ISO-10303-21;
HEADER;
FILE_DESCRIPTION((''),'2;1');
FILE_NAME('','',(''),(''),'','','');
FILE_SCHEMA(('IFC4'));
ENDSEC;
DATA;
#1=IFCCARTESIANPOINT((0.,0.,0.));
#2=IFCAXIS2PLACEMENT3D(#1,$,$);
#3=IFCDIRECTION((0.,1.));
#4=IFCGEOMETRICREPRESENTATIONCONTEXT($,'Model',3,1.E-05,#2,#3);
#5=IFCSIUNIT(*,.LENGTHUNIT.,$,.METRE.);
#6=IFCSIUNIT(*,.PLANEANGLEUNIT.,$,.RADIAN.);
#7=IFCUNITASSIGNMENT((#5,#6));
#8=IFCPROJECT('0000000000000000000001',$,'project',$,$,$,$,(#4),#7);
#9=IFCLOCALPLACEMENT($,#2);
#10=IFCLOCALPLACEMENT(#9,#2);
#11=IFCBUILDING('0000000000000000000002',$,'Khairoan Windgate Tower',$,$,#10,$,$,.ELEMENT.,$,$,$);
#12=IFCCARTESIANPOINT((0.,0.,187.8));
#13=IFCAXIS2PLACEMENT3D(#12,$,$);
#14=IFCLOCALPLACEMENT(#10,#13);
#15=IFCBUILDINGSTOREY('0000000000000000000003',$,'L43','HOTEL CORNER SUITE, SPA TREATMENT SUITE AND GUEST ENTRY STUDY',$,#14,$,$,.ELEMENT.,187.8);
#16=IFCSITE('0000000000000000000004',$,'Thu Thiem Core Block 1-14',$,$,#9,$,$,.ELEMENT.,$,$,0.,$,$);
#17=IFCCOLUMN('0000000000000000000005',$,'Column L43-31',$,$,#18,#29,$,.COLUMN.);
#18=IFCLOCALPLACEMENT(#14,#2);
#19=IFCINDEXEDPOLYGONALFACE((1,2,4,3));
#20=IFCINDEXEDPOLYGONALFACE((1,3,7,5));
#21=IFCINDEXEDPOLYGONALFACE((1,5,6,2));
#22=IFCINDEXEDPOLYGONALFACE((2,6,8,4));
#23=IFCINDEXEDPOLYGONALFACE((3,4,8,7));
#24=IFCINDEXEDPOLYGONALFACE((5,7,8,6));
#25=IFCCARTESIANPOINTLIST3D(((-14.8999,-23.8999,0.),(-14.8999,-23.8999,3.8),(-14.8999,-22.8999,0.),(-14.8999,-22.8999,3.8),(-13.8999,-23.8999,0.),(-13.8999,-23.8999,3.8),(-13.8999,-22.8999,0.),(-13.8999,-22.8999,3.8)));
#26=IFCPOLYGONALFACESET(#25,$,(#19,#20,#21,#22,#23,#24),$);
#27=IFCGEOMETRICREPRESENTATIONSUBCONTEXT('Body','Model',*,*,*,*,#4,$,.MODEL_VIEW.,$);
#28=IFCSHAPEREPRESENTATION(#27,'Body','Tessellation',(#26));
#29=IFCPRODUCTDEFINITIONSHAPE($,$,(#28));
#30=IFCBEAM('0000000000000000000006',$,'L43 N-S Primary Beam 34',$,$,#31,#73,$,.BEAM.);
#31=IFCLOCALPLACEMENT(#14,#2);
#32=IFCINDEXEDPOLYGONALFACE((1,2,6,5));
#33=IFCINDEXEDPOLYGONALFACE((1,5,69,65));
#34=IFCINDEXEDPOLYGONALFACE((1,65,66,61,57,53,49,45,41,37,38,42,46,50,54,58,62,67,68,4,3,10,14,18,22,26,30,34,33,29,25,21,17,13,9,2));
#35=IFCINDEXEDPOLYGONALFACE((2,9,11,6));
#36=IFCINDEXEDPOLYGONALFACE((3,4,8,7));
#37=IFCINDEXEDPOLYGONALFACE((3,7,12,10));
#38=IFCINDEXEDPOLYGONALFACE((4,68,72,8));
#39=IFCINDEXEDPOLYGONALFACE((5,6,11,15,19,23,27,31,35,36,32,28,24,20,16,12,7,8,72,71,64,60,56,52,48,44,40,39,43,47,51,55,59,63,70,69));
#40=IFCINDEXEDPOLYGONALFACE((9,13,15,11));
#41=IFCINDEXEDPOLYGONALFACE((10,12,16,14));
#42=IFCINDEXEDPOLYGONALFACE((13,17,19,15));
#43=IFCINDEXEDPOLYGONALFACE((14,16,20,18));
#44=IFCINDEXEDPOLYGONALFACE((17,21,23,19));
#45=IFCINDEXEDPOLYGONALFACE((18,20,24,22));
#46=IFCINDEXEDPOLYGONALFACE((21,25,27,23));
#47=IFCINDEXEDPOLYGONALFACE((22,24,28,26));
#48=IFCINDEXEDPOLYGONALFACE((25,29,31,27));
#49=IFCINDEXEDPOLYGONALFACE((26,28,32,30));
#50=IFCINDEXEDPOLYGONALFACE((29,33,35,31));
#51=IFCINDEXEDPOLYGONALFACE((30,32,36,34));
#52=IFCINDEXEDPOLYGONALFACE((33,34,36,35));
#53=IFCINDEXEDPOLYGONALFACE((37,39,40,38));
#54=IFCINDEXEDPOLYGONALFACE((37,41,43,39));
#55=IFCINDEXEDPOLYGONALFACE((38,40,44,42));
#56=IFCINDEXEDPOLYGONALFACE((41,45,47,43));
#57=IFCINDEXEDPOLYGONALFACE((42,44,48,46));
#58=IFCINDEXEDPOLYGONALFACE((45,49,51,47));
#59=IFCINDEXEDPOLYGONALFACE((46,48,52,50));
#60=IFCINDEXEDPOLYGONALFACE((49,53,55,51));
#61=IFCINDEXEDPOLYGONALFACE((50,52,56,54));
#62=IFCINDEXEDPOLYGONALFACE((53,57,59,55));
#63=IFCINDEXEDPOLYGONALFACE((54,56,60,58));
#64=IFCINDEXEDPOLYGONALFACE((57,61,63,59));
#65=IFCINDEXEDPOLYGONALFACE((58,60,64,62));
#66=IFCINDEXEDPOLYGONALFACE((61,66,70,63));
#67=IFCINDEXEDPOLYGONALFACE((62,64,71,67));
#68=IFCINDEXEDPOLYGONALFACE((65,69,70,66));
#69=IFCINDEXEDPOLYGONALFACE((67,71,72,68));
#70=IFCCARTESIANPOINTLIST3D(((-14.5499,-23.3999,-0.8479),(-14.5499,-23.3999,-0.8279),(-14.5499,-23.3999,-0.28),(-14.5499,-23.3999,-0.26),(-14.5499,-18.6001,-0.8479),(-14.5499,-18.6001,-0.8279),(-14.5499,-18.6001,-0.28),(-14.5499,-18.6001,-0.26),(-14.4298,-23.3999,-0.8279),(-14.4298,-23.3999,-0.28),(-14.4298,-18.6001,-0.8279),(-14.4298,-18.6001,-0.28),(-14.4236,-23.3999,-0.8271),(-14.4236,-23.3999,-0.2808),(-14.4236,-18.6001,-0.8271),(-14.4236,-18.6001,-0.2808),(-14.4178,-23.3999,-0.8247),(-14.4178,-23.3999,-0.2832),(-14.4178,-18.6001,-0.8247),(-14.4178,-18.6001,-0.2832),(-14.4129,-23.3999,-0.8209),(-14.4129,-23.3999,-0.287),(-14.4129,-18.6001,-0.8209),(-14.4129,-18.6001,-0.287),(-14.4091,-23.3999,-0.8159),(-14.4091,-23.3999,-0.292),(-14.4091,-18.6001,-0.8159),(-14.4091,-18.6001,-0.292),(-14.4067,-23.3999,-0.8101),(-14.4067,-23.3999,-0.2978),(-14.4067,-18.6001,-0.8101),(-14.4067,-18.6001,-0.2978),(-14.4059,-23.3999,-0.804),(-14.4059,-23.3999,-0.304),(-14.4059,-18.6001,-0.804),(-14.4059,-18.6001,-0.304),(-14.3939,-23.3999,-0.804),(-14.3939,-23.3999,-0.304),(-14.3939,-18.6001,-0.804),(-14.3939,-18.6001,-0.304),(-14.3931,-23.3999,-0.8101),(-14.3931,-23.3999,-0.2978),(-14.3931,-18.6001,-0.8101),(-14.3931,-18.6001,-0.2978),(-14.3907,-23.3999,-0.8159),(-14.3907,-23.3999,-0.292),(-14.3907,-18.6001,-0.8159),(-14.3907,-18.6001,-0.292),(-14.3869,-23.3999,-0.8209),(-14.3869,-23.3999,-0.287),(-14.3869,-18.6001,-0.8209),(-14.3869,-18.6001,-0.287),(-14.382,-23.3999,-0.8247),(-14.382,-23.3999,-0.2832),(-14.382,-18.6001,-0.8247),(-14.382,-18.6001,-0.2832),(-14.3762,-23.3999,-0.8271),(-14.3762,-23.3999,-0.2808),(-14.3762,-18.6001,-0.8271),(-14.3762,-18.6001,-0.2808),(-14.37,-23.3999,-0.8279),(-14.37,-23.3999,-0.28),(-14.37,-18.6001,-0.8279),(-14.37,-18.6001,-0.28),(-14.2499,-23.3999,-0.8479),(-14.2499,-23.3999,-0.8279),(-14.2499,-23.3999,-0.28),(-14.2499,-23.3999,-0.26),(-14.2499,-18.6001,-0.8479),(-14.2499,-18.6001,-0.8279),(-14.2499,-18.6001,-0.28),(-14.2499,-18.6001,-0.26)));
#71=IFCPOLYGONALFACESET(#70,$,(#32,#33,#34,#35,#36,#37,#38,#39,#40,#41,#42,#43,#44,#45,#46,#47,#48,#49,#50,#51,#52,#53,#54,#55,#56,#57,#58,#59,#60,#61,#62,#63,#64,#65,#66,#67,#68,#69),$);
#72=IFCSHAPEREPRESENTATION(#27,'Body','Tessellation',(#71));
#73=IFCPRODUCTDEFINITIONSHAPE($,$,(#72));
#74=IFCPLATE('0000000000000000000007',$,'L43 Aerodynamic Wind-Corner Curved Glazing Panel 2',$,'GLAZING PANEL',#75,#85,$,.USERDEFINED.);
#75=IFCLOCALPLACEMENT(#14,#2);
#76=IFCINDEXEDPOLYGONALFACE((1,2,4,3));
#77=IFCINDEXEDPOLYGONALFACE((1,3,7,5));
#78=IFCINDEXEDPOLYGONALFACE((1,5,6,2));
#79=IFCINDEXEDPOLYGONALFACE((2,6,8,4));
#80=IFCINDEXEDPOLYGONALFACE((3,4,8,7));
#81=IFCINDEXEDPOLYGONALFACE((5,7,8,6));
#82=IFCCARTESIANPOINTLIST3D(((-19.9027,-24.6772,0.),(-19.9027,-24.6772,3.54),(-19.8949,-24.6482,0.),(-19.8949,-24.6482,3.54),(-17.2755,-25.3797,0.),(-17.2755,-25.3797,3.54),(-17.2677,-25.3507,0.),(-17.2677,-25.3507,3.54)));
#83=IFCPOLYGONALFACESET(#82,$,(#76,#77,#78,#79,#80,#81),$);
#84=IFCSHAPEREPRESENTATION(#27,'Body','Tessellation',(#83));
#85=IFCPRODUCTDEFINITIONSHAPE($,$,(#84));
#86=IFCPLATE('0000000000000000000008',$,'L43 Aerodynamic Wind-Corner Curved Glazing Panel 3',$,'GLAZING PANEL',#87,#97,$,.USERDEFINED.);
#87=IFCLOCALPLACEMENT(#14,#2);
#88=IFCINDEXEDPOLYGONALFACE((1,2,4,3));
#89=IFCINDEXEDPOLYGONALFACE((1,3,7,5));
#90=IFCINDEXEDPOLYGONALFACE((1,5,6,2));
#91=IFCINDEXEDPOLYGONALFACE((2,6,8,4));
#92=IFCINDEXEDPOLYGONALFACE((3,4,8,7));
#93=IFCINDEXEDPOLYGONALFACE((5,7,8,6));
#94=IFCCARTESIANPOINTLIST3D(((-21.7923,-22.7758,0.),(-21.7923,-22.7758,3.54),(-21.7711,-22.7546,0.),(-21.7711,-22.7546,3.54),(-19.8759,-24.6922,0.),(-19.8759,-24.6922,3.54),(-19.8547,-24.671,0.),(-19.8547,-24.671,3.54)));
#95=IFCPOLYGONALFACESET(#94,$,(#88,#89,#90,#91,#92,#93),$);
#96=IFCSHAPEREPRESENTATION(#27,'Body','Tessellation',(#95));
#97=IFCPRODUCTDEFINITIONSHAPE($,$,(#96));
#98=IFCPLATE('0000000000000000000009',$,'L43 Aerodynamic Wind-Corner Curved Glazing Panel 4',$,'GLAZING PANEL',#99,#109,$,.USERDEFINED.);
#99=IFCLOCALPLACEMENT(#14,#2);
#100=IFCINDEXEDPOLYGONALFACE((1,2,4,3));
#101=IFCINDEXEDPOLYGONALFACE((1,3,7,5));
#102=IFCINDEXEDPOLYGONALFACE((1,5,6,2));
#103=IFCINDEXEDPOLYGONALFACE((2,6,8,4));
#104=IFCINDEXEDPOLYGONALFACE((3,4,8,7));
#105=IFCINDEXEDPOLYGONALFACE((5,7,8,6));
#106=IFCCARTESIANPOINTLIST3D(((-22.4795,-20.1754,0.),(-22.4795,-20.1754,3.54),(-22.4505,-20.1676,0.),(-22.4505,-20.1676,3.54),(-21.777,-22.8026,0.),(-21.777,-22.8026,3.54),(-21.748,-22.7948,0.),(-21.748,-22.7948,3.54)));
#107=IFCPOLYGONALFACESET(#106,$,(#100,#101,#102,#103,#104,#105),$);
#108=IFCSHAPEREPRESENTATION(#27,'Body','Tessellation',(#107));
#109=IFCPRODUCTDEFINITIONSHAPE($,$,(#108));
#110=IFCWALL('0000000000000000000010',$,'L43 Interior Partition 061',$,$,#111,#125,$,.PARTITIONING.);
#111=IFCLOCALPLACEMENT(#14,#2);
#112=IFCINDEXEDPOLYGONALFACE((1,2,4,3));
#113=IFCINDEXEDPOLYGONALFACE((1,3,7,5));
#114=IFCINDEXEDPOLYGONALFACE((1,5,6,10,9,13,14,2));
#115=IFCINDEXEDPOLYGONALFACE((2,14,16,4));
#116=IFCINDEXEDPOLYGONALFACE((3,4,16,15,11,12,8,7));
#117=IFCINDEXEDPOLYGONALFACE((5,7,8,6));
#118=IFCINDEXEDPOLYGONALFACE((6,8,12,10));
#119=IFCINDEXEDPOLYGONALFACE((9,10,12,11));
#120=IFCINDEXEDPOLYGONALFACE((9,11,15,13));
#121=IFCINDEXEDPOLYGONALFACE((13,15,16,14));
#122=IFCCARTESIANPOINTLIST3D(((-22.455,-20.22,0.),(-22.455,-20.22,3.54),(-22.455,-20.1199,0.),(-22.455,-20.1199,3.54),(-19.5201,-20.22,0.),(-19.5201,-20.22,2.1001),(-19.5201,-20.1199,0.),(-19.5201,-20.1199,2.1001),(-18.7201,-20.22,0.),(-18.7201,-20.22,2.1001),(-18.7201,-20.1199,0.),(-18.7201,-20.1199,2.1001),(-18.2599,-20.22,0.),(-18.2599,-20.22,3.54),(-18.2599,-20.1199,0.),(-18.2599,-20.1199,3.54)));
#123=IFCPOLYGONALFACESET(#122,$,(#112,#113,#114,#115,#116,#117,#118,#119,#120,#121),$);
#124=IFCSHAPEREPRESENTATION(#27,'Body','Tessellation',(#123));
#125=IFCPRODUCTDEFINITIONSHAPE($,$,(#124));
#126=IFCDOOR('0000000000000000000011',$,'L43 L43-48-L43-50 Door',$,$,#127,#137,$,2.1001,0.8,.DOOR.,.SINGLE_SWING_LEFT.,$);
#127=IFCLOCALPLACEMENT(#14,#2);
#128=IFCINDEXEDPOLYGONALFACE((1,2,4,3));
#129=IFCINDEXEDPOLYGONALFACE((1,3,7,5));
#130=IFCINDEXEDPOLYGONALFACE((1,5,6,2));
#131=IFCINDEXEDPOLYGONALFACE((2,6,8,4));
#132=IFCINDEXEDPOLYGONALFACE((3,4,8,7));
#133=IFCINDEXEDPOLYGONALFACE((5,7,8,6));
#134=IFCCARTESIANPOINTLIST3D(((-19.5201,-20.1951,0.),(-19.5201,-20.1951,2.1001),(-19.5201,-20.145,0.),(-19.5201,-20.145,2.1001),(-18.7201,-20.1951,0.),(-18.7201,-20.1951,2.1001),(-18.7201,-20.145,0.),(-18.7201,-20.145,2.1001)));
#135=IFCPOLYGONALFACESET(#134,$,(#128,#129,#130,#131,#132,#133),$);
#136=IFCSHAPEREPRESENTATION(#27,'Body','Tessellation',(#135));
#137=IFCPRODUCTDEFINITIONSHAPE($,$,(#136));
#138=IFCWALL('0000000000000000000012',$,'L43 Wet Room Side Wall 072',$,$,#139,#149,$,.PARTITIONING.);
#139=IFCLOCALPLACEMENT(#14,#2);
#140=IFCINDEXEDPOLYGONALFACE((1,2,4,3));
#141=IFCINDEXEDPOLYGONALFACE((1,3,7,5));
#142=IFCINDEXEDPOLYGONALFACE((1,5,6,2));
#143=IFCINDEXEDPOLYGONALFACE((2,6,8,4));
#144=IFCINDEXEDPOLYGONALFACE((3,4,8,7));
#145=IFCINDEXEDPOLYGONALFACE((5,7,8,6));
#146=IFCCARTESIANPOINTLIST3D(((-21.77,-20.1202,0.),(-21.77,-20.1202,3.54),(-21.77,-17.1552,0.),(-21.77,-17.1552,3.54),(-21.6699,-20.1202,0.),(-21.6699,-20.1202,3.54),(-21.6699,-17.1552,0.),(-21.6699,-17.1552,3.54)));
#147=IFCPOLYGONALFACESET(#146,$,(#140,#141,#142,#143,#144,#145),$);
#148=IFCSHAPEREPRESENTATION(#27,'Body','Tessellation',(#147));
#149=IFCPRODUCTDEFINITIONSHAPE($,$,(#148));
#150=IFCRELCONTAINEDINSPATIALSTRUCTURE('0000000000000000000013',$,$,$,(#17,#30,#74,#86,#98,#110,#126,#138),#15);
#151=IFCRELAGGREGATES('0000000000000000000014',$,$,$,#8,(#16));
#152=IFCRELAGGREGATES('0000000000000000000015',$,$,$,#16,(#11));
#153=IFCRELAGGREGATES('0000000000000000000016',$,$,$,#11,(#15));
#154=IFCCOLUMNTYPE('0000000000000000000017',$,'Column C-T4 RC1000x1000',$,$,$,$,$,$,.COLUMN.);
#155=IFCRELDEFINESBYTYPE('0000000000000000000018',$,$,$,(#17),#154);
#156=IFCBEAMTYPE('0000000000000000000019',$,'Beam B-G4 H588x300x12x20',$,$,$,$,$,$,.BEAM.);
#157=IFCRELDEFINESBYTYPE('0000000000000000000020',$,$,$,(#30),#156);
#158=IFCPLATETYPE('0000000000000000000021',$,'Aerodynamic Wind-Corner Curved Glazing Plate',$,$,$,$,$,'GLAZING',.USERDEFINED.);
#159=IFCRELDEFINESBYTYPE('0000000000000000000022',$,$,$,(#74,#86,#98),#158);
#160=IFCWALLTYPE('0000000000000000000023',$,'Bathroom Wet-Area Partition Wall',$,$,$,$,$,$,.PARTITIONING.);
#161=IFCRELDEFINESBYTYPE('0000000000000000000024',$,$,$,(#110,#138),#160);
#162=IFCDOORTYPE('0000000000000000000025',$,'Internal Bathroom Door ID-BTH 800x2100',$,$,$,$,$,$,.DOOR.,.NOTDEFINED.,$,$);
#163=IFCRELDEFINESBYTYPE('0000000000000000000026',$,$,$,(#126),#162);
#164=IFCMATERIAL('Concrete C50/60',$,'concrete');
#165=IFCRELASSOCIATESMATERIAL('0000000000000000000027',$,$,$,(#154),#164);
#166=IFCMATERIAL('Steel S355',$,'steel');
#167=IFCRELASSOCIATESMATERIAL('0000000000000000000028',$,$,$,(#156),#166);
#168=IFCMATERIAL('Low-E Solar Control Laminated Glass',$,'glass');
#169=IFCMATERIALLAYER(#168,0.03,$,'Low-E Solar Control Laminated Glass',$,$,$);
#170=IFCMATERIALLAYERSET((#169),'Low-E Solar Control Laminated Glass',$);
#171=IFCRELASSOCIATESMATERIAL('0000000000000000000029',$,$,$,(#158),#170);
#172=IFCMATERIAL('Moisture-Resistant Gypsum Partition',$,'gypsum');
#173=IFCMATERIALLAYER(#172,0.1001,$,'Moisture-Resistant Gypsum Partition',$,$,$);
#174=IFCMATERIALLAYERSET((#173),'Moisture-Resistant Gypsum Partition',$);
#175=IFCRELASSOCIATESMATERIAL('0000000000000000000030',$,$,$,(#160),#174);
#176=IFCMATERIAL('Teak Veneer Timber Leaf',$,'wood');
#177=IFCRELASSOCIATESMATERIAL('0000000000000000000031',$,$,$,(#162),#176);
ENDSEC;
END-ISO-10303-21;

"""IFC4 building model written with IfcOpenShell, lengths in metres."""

from ifc_helpers import new_model, si_unit, direction, frame, frame_2d, origin, origin_2d, place, context, subcontext, project, spatial, rectangle, i_section, extrude, material, layer, layer_set, material_profile, profile_set, type_object, element, fill, save


model = new_model("IFC4")

# Units and contexts
model_context = context("Model", 3, precision=1e-05, world=origin(), true_north=direction((0.0, 1.0)))
body_context = subcontext(model_context, "Body", "Model", "MODEL_VIEW")
ifc_project = project(units=[si_unit("LENGTHUNIT", "METRE"), si_unit("PLANEANGLEUNIT", "RADIAN")], contexts=[model_context])

# Site, building, storey
site_placement = place(None, origin())
site = spatial("IfcSite", under=ifc_project, at=site_placement, Name="Thu Thiem Core Block 1-14", CompositionType="ELEMENT", RefElevation=0.0)
building_placement = place(site_placement, origin())
building = spatial("IfcBuilding", under=site, at=building_placement, Name="Khairoan Windgate Tower", CompositionType="ELEMENT")
storey_placement = place(building_placement, frame((0.0, 0.0, 187.8)))
storey = spatial("IfcBuildingStorey", under=building, at=storey_placement, Name="L43", Description="HOTEL CORNER SUITE, SPA TREATMENT SUITE AND GUEST ENTRY STUDY", CompositionType="ELEMENT", Elevation=187.8)

# Column
ifc_material_1 = material(Name="Concrete C50/60", Category="concrete")
ifc_material_profile_1 = material_profile(ifc_material_1, rectangle(XDim=1.0, YDim=1.0, at=origin_2d()))
ifc_profile_set_1 = profile_set([ifc_material_profile_1], Name="Concrete C50/60")
column_type = type_object("IfcColumnType", Name="Column C-T4 RC1000x1000", PredefinedType="COLUMN", material=ifc_profile_set_1)
column_placement = place(storey_placement, frame((-14.3999, -23.3999, 0.0), z_axis=(0.0, 0.0, 1.0), x_axis=(1.0, 0.0, 0.0)))
element("IfcColumn", 1, at=column_placement, inside=storey, type_object=column_type, Name="Column L43-31", PredefinedType="COLUMN", context=body_context, shape_type="SweptSolid", body=[
    extrude(rectangle(XDim=1.0, YDim=1.0, at=origin_2d()), origin(), (0.0, 0.0, 1.0), 3.8),
])

# Beam
ifc_material_2 = material(Name="Steel S355", Category="steel")
ifc_material_profile_2 = material_profile(ifc_material_2, i_section(OverallWidth=0.3, OverallDepth=0.5879, WebThickness=0.012, FlangeThickness=0.02, FilletRadius=0.0239, at=origin_2d()))
ifc_profile_set_2 = profile_set([ifc_material_profile_2], Name="Steel S355")
beam_type = type_object("IfcBeamType", Name="Beam B-G4 H588x300x12x20", PredefinedType="BEAM", material=ifc_profile_set_2)
beam_placement = place(storey_placement, frame((-14.3999, -23.3999, -0.554), z_axis=(0.0, 1.0, 0.0), x_axis=(-1.0, 0.0, 0.0)))
element("IfcBeam", 2, at=beam_placement, inside=storey, type_object=beam_type, Name="L43 N-S Primary Beam 34", PredefinedType="BEAM", context=body_context, shape_type="SweptSolid", body=[
    extrude(i_section(OverallWidth=0.3, OverallDepth=0.5879, WebThickness=0.012, FlangeThickness=0.02, FilletRadius=0.0239, at=origin_2d()), origin(), (0.0, 0.0, 1.0), 4.7998),
])

# Plates
ifc_material_3 = material(Name="Low-E Solar Control Laminated Glass", Category="glass")
ifc_layer_1 = layer(ifc_material_3, 0.03, Name="Low-E Solar Control Laminated Glass")
ifc_layer_set_1 = layer_set([ifc_layer_1], Name="Low-E Solar Control Laminated Glass")
plate_type_1 = type_object("IfcPlateType", Name="Aerodynamic Wind-Corner Curved Glazing Plate", ElementType="GLAZING", PredefinedType="USERDEFINED", material=ifc_layer_set_1)
plate_1_placement = place(storey_placement, frame((-18.5852, -25.0139, 0.0), z_axis=(0.0, 0.0, 1.0), x_axis=(-0.966061, 0.258313, 0.0)))
element("IfcPlate", 3, at=plate_1_placement, inside=storey, type_object=plate_type_1, Name="L43 Aerodynamic Wind-Corner Curved Glazing Panel 2", ObjectType="GLAZING PANEL", PredefinedType="USERDEFINED", context=body_context, shape_type="SweptSolid", body=[
    extrude(rectangle(XDim=2.7195, YDim=0.03, at=origin_2d()), origin(), (0.0, 0.0, 1.0), 3.54),
])
plate_2_placement = place(storey_placement, frame((-20.8235, -23.7234, 0.0), z_axis=(0.0, 0.0, 1.0), x_axis=(-0.707107, 0.707107, 0.0)))
element("IfcPlate", 4, at=plate_2_placement, inside=storey, type_object=plate_type_1, Name="L43 Aerodynamic Wind-Corner Curved Glazing Panel 3", ObjectType="GLAZING PANEL", PredefinedType="USERDEFINED", context=body_context, shape_type="SweptSolid", body=[
    extrude(rectangle(XDim=2.7102, YDim=0.03, at=origin_2d()), origin(), (0.0, 0.0, 1.0), 3.54),
])
plate_3_placement = place(storey_placement, frame((-22.1138, -21.4851, 0.0), z_axis=(0.0, 0.0, 1.0), x_axis=(-0.258313, 0.966061, 0.0)))
element("IfcPlate", 5, at=plate_3_placement, inside=storey, type_object=plate_type_1, Name="L43 Aerodynamic Wind-Corner Curved Glazing Panel 4", ObjectType="GLAZING PANEL", PredefinedType="USERDEFINED", context=body_context, shape_type="SweptSolid", body=[
    extrude(rectangle(XDim=2.7195, YDim=0.03, at=origin_2d()), origin(), (0.0, 0.0, 1.0), 3.54),
])

# Wall, opening, door
ifc_material_4 = material(Name="Moisture-Resistant Gypsum Partition", Category="gypsum")
ifc_layer_2 = layer(ifc_material_4, 0.1001, Name="Moisture-Resistant Gypsum Partition")
ifc_layer_set_2 = layer_set([ifc_layer_2], Name="Moisture-Resistant Gypsum Partition")
wall_type_1 = type_object("IfcWallType", Name="Bathroom Wet-Area Partition Wall", PredefinedType="PARTITIONING", material=ifc_layer_set_2)
wall_1_placement = place(storey_placement, frame((-22.4551, -20.1699, 0.0), z_axis=(0.0, 0.0, 1.0), x_axis=(1.0, 0.0, 0.0)))
wall_1 = element("IfcWall", 6, at=wall_1_placement, inside=storey, type_object=wall_type_1, Name="L43 Interior Partition 061", PredefinedType="PARTITIONING", context=body_context, shape_type="SweptSolid", body=[
    extrude(rectangle(XDim=4.1951, YDim=0.1001, at=frame_2d((2.0977, 0.0))), origin(), (0.0, 0.0, 1.0), 3.54),
])
opening_1_placement = place(wall_1_placement, frame((2.9351, 0.0, 0.0)))
opening_1 = element("IfcOpeningElement", 7, at=opening_1_placement, cuts=wall_1, PredefinedType="OPENING", context=body_context, shape_type="SweptSolid", body=[
    extrude(rectangle(XDim=0.8, YDim=2.1001, at=frame_2d((0.3999, 1.05))), frame((0.0, 0.0601, 0.0), z_axis=(0.0, -1.0, 0.0), x_axis=(1.0, 0.0, 0.0)), (0.0, 0.0, 1.0), 0.1201),
])
ifc_material_5 = material(Name="Teak Veneer Timber Leaf", Category="wood")
door_type_1 = type_object("IfcDoorType", Name="Internal Bathroom Door ID-BTH 800x2100", OperationType="NOTDEFINED", PredefinedType="DOOR", material=ifc_material_5)
door_1_placement = place(opening_1_placement, origin())
door_1 = element("IfcDoor", 8, at=door_1_placement, inside=storey, type_object=door_type_1, Name="L43 L43-48-L43-50 Door", OperationType="SINGLE_SWING_LEFT", OverallHeight=2.1001, OverallWidth=0.8, PredefinedType="DOOR", context=body_context, shape_type="SweptSolid", body=[
    extrude(rectangle(XDim=0.8, YDim=2.1001, at=frame_2d((0.3999, 1.05))), frame((0.0, 0.0249, 0.0), z_axis=(0.0, -1.0, 0.0), x_axis=(1.0, 0.0, 0.0)), (0.0, 0.0, 1.0), 0.05),
])
fill(opening_1, door_1)

# Wall
wall_2_placement = place(storey_placement, frame((-21.72, -20.1201, 0.0), z_axis=(0.0, 0.0, 1.0), x_axis=(0.0, 1.0, 0.0)))
element("IfcWall", 9, at=wall_2_placement, inside=storey, type_object=wall_type_1, Name="L43 Wet Room Side Wall 072", PredefinedType="PARTITIONING", context=body_context, shape_type="SweptSolid", body=[
    extrude(rectangle(XDim=2.9651, YDim=0.1001, at=frame_2d((1.4824, 0.0))), origin(), (0.0, 0.0, 1.0), 3.54),
])

save(model, "model.ifc")
